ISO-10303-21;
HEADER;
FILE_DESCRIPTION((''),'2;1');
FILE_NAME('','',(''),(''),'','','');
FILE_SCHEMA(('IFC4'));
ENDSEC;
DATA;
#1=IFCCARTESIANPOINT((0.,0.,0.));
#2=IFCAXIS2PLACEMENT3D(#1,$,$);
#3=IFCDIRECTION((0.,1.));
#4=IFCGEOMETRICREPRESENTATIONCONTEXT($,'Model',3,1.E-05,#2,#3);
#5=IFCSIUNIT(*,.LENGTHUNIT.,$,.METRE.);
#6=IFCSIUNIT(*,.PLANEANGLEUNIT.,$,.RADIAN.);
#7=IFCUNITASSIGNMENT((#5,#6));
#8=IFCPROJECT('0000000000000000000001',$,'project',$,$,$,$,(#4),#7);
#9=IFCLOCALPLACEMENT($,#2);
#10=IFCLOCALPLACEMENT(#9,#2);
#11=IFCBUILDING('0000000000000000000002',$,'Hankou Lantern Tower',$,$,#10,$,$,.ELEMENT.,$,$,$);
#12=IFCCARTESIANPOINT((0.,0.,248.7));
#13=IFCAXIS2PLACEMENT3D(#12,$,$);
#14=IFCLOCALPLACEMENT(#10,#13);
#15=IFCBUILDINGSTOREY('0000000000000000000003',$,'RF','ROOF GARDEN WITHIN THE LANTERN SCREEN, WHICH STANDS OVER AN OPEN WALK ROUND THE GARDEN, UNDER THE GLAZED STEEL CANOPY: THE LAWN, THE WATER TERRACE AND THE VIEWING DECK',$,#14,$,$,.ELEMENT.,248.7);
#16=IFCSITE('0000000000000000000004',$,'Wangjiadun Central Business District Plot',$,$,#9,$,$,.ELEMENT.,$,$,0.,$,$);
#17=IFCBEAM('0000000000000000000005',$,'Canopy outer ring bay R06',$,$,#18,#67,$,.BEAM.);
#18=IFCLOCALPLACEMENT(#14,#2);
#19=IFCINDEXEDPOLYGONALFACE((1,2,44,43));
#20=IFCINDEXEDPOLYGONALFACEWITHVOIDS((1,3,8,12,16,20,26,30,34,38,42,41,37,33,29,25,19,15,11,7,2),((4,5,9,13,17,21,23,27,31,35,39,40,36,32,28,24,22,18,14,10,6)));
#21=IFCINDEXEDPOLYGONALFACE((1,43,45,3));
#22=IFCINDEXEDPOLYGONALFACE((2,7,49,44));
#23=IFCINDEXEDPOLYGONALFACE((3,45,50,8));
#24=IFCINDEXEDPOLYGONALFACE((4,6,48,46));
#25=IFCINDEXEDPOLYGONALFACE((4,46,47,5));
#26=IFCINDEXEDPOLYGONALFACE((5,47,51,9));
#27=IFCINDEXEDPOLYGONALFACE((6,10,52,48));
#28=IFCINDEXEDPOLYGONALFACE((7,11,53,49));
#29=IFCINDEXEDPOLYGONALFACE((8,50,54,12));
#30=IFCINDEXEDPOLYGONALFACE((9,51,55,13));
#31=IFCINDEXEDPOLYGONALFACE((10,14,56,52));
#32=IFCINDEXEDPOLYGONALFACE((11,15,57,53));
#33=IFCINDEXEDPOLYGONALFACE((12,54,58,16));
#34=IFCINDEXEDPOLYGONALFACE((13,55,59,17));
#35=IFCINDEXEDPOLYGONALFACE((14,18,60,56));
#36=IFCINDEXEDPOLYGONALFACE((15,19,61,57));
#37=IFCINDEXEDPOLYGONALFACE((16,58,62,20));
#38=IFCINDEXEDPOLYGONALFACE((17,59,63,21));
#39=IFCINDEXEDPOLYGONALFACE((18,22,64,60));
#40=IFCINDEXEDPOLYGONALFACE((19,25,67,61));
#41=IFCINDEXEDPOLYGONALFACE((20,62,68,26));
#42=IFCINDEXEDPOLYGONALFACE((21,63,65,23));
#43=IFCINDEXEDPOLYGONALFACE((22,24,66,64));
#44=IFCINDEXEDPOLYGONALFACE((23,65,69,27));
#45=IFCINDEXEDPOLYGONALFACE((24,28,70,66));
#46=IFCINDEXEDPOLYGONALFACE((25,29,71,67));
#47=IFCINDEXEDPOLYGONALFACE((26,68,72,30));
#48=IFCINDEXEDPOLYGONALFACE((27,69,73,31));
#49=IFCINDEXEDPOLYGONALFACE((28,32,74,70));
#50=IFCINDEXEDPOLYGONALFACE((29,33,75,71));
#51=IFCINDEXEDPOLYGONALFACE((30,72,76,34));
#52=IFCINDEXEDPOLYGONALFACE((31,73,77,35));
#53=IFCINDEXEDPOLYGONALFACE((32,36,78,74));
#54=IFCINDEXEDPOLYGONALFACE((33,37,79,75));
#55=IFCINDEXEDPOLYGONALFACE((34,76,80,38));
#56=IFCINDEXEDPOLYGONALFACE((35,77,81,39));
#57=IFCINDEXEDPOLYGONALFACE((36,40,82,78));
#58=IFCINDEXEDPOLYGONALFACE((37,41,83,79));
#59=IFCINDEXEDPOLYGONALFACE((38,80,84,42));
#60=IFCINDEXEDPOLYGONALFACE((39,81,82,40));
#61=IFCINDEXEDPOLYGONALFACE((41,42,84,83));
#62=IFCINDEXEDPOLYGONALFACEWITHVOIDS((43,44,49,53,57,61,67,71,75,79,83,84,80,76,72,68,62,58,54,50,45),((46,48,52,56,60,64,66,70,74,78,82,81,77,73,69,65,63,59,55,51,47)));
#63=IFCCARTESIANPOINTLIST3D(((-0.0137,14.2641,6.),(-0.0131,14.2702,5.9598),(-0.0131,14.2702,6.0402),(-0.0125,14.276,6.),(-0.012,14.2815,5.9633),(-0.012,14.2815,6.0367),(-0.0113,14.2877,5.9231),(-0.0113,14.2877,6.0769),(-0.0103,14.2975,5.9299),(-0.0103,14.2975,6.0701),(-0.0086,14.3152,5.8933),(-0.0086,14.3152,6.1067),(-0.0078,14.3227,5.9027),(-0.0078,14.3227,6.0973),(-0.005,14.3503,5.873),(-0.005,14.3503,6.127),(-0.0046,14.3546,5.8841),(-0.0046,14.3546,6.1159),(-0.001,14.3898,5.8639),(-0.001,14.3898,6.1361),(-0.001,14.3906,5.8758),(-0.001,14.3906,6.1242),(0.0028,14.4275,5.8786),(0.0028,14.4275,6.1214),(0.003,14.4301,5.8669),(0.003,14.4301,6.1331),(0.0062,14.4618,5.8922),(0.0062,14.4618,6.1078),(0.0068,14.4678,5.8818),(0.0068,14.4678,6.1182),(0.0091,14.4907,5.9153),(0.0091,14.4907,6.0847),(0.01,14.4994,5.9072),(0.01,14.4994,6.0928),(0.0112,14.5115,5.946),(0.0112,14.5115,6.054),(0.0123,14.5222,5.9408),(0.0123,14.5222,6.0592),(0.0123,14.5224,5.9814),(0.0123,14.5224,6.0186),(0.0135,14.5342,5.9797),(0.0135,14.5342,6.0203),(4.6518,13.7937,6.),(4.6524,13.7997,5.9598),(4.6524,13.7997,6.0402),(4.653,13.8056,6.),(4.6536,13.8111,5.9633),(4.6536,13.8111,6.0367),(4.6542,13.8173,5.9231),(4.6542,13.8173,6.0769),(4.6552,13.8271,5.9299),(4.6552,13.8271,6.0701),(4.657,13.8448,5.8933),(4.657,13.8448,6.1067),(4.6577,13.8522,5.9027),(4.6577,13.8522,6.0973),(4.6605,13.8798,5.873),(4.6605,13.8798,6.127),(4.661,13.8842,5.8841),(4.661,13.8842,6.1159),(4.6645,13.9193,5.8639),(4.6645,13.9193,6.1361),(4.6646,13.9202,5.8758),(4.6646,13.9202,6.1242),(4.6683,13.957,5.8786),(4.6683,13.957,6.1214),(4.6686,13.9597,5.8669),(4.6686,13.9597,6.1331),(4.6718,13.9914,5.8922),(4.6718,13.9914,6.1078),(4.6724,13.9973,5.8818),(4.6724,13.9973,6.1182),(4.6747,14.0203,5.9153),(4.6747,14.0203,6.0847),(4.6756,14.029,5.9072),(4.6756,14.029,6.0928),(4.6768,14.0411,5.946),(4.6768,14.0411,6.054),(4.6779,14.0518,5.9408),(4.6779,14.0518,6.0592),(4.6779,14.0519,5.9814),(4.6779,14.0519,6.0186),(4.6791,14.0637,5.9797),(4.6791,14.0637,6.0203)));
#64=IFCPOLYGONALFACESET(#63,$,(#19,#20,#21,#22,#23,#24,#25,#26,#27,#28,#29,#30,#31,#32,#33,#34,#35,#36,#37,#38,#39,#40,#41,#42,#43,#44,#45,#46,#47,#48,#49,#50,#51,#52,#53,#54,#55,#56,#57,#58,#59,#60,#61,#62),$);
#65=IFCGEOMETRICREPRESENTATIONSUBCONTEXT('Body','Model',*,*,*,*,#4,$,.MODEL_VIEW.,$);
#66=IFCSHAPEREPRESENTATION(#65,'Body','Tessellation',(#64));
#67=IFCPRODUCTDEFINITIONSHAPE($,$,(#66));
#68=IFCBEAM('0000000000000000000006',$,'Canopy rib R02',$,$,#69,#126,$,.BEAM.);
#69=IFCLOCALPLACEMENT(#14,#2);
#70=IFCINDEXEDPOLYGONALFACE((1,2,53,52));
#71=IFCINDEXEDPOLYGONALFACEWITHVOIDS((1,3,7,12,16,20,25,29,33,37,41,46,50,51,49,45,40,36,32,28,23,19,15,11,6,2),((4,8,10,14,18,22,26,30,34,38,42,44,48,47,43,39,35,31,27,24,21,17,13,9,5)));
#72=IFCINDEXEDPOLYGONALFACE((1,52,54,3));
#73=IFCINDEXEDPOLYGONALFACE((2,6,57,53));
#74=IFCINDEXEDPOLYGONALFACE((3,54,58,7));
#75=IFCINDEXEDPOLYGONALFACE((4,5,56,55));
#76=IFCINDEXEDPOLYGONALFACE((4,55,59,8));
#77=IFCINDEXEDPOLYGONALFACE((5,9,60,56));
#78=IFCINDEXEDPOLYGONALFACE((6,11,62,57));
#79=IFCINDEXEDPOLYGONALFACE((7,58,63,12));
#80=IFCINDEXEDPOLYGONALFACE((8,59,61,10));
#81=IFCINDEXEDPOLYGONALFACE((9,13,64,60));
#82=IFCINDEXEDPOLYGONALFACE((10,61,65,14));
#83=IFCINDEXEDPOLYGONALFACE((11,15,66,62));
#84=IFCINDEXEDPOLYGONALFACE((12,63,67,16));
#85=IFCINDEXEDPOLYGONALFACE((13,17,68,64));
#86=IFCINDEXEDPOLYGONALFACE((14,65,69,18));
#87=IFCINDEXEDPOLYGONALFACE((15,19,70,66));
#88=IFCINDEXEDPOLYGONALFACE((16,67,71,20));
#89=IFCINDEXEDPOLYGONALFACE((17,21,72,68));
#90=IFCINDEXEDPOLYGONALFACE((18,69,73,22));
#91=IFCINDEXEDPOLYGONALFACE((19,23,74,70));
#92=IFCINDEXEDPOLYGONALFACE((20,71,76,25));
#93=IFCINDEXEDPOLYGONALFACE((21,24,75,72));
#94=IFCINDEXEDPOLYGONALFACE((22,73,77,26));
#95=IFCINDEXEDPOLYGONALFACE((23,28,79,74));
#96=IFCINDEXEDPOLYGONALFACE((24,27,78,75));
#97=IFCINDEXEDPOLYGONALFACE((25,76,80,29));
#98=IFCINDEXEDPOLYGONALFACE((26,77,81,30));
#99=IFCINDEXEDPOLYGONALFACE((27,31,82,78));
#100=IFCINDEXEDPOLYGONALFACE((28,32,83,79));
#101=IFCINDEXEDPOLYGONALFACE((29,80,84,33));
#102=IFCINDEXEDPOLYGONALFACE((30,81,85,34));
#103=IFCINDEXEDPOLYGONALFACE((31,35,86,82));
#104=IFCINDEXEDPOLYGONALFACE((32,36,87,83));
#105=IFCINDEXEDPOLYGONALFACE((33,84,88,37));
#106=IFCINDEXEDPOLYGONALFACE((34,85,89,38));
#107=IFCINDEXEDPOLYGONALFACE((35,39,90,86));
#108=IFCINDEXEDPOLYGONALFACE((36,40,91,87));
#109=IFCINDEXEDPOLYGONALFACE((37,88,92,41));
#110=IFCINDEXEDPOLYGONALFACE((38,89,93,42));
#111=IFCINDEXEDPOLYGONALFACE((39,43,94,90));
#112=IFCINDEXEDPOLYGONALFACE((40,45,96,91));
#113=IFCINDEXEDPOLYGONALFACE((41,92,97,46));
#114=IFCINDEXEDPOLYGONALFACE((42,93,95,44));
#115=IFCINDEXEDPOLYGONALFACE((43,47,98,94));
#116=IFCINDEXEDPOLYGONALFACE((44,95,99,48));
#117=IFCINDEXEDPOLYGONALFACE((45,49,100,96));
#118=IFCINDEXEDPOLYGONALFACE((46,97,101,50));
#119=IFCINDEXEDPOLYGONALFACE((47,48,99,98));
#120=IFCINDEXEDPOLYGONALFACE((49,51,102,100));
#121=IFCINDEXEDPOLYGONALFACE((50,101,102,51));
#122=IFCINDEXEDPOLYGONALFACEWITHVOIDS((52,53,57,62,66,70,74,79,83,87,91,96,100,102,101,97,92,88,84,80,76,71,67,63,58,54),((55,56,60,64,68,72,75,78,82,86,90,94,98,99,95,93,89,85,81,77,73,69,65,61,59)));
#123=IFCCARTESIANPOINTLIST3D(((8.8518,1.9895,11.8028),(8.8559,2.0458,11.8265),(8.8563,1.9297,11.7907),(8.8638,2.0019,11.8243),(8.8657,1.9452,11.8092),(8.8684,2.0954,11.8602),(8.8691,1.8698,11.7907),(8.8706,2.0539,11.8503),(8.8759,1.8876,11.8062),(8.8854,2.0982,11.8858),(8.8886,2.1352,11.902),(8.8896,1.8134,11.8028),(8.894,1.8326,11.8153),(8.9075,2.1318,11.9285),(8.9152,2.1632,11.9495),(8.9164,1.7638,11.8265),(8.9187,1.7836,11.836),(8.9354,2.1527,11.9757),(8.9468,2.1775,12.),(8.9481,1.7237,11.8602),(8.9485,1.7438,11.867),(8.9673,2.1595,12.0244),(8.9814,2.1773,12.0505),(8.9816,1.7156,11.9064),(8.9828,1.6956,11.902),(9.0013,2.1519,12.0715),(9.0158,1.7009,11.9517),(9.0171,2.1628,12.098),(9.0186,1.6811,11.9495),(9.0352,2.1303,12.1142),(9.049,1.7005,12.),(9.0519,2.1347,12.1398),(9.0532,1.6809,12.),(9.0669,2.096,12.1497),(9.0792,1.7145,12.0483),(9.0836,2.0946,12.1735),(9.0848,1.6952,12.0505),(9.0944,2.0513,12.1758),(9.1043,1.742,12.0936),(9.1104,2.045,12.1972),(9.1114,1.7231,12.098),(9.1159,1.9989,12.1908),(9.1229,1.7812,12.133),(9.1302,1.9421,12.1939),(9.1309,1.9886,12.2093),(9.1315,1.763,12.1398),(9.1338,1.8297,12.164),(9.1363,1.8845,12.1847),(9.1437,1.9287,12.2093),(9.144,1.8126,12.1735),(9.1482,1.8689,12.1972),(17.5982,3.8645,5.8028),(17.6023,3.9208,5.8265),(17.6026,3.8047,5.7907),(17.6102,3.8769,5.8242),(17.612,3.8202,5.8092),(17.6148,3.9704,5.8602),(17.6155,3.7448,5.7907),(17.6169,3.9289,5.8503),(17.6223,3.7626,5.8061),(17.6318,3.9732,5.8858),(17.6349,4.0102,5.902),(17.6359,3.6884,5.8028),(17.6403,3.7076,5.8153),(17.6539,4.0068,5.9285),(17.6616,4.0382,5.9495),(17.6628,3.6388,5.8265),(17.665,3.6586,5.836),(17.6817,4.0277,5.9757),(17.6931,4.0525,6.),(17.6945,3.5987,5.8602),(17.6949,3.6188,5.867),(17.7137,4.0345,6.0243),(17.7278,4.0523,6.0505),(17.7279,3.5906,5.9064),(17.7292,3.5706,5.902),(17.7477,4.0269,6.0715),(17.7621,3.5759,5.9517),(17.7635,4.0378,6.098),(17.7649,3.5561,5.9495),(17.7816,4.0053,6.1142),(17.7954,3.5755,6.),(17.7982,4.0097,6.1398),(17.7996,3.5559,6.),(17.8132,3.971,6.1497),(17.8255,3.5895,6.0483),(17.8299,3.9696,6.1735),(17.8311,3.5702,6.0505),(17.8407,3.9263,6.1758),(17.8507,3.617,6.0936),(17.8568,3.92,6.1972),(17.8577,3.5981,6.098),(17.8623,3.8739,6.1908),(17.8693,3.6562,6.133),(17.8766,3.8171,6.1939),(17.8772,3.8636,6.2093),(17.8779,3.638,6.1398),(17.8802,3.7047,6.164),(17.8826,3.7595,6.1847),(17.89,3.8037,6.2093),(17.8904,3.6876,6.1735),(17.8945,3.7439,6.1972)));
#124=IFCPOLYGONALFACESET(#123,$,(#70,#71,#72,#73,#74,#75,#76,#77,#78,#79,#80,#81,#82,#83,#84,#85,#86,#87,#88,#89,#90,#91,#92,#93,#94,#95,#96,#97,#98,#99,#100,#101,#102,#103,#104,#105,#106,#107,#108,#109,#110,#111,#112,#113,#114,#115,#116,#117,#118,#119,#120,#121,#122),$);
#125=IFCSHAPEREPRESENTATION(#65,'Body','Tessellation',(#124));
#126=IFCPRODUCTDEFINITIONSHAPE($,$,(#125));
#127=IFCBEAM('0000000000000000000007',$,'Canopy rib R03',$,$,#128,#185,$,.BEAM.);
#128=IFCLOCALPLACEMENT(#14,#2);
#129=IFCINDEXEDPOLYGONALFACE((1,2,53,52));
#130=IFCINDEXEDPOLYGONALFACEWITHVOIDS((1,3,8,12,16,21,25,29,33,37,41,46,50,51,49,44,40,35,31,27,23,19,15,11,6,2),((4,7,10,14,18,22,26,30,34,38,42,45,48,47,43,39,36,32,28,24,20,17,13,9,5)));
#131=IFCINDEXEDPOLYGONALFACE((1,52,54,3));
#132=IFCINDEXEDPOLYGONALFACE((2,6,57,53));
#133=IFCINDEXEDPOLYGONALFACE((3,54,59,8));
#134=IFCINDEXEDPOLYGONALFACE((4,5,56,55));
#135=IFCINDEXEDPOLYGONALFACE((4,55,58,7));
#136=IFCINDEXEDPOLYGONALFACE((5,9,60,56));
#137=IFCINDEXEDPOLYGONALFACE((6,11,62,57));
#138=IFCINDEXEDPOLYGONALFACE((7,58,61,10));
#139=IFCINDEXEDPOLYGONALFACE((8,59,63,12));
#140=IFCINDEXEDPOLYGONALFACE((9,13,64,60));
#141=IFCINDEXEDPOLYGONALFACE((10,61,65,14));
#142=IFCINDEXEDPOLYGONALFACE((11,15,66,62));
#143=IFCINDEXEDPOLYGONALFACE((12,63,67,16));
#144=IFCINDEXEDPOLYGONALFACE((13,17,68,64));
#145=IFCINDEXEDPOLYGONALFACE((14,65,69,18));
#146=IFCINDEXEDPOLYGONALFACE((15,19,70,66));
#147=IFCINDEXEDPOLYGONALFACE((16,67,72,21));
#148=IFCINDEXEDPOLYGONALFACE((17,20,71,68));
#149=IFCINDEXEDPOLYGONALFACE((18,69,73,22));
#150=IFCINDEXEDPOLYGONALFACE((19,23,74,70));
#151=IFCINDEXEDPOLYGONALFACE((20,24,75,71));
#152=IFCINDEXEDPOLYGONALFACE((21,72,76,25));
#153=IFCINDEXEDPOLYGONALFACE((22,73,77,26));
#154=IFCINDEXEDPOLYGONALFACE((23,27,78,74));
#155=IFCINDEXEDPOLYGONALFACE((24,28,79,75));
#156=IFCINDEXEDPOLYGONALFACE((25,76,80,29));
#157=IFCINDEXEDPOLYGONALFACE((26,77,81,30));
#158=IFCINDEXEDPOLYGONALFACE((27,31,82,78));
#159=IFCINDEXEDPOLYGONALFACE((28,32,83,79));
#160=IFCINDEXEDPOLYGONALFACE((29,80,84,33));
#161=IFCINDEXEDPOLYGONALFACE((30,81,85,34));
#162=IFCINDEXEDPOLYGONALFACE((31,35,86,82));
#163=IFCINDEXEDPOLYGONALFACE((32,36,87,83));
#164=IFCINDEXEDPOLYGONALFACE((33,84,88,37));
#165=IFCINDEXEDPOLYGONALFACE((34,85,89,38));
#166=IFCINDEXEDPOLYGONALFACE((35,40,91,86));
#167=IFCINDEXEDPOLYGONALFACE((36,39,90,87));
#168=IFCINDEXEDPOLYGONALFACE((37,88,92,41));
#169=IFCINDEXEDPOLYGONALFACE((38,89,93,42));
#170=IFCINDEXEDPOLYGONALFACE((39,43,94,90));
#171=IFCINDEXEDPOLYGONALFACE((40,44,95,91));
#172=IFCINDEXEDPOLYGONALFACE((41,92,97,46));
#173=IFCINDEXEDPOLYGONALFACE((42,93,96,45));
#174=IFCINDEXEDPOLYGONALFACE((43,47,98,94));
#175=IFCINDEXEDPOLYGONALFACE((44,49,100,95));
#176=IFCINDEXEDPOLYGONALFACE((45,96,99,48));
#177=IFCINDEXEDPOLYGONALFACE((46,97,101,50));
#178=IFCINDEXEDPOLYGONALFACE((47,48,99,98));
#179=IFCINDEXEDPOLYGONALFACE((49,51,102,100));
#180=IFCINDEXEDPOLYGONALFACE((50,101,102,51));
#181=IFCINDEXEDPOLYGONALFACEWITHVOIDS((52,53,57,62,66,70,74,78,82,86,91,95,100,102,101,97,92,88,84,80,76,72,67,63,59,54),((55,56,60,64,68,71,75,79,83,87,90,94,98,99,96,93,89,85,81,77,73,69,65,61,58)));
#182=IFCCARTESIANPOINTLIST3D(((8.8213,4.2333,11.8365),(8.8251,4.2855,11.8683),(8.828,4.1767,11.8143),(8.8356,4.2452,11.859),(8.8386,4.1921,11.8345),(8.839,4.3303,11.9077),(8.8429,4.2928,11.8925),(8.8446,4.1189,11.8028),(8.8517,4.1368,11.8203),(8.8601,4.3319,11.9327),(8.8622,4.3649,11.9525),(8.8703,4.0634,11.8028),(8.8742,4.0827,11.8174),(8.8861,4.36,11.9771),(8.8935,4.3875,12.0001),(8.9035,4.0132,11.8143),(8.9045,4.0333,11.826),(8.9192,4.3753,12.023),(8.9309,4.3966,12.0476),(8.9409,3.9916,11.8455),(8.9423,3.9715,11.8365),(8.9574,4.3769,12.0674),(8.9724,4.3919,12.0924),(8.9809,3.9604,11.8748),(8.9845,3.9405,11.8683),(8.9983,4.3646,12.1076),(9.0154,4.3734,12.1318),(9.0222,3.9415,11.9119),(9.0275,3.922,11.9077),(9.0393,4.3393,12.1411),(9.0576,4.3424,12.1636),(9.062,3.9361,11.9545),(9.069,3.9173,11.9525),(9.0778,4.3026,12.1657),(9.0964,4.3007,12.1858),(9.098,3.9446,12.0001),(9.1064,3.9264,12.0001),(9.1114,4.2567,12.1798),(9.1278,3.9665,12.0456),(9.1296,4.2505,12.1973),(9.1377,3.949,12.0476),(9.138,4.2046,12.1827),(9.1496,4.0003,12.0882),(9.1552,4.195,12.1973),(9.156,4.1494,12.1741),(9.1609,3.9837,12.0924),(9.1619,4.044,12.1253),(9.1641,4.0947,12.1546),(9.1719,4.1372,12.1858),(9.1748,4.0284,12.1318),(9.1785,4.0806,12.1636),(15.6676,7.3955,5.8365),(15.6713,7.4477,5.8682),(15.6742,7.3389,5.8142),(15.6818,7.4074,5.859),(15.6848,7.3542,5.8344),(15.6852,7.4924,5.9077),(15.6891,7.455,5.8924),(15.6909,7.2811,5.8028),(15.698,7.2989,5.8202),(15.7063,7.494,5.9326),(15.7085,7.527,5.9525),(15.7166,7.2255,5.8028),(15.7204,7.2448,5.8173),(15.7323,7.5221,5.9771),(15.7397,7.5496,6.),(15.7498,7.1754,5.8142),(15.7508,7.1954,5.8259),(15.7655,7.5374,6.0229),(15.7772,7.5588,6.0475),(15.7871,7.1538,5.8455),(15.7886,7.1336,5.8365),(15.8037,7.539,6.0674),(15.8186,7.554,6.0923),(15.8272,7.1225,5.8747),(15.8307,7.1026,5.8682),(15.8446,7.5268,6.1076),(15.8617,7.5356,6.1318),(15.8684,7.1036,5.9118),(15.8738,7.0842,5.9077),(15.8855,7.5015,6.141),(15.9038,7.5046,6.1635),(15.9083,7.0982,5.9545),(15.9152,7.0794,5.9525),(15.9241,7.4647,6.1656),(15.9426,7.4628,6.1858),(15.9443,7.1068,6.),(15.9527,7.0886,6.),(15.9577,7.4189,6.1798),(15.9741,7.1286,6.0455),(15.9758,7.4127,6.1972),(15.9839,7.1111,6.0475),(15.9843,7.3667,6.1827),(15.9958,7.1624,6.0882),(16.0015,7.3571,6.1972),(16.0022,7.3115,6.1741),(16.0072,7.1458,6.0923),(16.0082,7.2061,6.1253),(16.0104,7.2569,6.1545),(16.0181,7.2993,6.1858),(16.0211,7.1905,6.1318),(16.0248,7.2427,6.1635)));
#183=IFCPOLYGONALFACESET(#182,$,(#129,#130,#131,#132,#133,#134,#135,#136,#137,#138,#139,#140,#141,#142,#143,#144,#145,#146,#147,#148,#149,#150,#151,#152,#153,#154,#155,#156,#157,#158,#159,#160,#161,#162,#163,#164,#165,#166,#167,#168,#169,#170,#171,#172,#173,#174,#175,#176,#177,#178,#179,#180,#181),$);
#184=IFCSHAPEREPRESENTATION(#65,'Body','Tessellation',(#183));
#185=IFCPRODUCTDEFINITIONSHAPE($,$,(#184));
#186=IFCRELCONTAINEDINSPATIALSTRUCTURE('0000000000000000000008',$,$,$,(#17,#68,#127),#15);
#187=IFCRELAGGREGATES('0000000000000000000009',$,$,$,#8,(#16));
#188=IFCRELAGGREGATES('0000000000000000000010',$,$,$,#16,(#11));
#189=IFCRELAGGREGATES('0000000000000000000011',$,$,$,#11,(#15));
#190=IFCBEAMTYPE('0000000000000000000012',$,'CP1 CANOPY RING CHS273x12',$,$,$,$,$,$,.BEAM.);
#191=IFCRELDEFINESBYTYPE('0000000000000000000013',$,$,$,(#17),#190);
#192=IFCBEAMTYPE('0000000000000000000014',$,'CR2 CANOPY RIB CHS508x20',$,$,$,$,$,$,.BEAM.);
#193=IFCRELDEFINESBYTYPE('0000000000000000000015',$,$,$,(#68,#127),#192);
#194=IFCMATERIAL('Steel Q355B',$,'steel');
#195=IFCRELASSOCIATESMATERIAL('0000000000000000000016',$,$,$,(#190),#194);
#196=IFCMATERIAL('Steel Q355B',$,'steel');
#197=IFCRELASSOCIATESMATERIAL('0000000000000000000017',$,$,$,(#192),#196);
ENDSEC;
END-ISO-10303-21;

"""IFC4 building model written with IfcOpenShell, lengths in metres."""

from ifc_helpers import new_model, si_unit, direction, frame, origin, origin_2d, place, context, subcontext, project, spatial, hollow_circle, extrude, material, material_profile, profile_set, type_object, element, save


model = new_model("IFC4")

# Units and contexts
model_context = context("Model", 3, precision=1e-05, world=origin(), true_north=direction((0.0, 1.0)))
body_context = subcontext(model_context, "Body", "Model", "MODEL_VIEW")
ifc_project = project(units=[si_unit("LENGTHUNIT", "METRE"), si_unit("PLANEANGLEUNIT", "RADIAN")], contexts=[model_context])

# Site, building, storey
site_placement = place(None, origin())
site = spatial("IfcSite", under=ifc_project, at=site_placement, Name="Wangjiadun Central Business District Plot", CompositionType="ELEMENT", RefElevation=0.0)
building_placement = place(site_placement, origin())
building = spatial("IfcBuilding", under=site, at=building_placement, Name="Hankou Lantern Tower", CompositionType="ELEMENT")
storey_placement = place(building_placement, frame((0.0, 0.0, 248.7)))
storey = spatial("IfcBuildingStorey", under=building, at=storey_placement, Name="RF", Description="ROOF GARDEN WITHIN THE LANTERN SCREEN, WHICH STANDS OVER AN OPEN WALK ROUND THE GARDEN, UNDER THE GLAZED STEEL CANOPY: THE LAWN, THE WATER TERRACE AND THE VIEWING DECK", CompositionType="ELEMENT", Elevation=248.7)

# Beams
ifc_material_1 = material(Name="Steel Q355B", Category="steel")
ifc_material_profile_1 = material_profile(ifc_material_1, hollow_circle(Radius=0.1365, WallThickness=0.012, at=origin_2d()), Name="CHS273x12")
ifc_profile_set_1 = profile_set([ifc_material_profile_1], Name="Steel Q355B")
beam_type_1 = type_object("IfcBeamType", Name="CP1 CANOPY RING CHS273x12", PredefinedType="BEAM", material=ifc_profile_set_1)
beam_1_placement = place(storey_placement, frame((4.6655, 13.9294, 6.0), z_axis=(-0.994954, 0.100328, 0.0), x_axis=(-0.100328, -0.994954, 0.0)))
element("IfcBeam", 1, at=beam_1_placement, inside=storey, type_object=beam_type_1, Name="Canopy outer ring bay R06", PredefinedType="BEAM", context=body_context, shape_type="SweptSolid", body=[
    extrude(hollow_circle(Radius=0.1365, WallThickness=0.012, at=origin_2d()), origin(), (0.0, 0.0, 1.0), 4.6892),
])
ifc_material_2 = material(Name="Steel Q355B", Category="steel")
ifc_material_profile_2 = material_profile(ifc_material_2, hollow_circle(Radius=0.2539, WallThickness=0.02, at=origin_2d()), Name="CHS508x20")
ifc_profile_set_2 = profile_set([ifc_material_profile_2], Name="Steel Q355B")
beam_type_2 = type_object("IfcBeamType", Name="CR2 CANOPY RIB CHS508x20", PredefinedType="BEAM", material=ifc_profile_set_2)
beam_2_placement = place(storey_placement, frame((17.7463, 3.8042, 6.0), z_axis=(-0.812028, -0.174079, 0.557052), x_axis=(0.209613, -0.977784, 0.0)))
element("IfcBeam", 2, at=beam_2_placement, inside=storey, type_object=beam_type_2, Name="Canopy rib R02", PredefinedType="BEAM", context=body_context, shape_type="SweptSolid", body=[
    extrude(hollow_circle(Radius=0.2539, WallThickness=0.02, at=origin_2d()), origin(), (0.0, 0.0, 1.0), 10.771),
])
beam_3_placement = place(storey_placement, frame((15.8462, 7.3191, 6.0), z_axis=(-0.710416, -0.328126, 0.622609), x_axis=(0.419313, -0.907842, 0.0)))
element("IfcBeam", 3, at=beam_3_placement, inside=storey, type_object=beam_type_2, Name="Canopy rib R03", PredefinedType="BEAM", context=body_context, shape_type="SweptSolid", body=[
    extrude(hollow_circle(Radius=0.2539, WallThickness=0.02, at=origin_2d()), origin(), (0.0, 0.0, 1.0), 9.637),
])

save(model, "model.ifc")
